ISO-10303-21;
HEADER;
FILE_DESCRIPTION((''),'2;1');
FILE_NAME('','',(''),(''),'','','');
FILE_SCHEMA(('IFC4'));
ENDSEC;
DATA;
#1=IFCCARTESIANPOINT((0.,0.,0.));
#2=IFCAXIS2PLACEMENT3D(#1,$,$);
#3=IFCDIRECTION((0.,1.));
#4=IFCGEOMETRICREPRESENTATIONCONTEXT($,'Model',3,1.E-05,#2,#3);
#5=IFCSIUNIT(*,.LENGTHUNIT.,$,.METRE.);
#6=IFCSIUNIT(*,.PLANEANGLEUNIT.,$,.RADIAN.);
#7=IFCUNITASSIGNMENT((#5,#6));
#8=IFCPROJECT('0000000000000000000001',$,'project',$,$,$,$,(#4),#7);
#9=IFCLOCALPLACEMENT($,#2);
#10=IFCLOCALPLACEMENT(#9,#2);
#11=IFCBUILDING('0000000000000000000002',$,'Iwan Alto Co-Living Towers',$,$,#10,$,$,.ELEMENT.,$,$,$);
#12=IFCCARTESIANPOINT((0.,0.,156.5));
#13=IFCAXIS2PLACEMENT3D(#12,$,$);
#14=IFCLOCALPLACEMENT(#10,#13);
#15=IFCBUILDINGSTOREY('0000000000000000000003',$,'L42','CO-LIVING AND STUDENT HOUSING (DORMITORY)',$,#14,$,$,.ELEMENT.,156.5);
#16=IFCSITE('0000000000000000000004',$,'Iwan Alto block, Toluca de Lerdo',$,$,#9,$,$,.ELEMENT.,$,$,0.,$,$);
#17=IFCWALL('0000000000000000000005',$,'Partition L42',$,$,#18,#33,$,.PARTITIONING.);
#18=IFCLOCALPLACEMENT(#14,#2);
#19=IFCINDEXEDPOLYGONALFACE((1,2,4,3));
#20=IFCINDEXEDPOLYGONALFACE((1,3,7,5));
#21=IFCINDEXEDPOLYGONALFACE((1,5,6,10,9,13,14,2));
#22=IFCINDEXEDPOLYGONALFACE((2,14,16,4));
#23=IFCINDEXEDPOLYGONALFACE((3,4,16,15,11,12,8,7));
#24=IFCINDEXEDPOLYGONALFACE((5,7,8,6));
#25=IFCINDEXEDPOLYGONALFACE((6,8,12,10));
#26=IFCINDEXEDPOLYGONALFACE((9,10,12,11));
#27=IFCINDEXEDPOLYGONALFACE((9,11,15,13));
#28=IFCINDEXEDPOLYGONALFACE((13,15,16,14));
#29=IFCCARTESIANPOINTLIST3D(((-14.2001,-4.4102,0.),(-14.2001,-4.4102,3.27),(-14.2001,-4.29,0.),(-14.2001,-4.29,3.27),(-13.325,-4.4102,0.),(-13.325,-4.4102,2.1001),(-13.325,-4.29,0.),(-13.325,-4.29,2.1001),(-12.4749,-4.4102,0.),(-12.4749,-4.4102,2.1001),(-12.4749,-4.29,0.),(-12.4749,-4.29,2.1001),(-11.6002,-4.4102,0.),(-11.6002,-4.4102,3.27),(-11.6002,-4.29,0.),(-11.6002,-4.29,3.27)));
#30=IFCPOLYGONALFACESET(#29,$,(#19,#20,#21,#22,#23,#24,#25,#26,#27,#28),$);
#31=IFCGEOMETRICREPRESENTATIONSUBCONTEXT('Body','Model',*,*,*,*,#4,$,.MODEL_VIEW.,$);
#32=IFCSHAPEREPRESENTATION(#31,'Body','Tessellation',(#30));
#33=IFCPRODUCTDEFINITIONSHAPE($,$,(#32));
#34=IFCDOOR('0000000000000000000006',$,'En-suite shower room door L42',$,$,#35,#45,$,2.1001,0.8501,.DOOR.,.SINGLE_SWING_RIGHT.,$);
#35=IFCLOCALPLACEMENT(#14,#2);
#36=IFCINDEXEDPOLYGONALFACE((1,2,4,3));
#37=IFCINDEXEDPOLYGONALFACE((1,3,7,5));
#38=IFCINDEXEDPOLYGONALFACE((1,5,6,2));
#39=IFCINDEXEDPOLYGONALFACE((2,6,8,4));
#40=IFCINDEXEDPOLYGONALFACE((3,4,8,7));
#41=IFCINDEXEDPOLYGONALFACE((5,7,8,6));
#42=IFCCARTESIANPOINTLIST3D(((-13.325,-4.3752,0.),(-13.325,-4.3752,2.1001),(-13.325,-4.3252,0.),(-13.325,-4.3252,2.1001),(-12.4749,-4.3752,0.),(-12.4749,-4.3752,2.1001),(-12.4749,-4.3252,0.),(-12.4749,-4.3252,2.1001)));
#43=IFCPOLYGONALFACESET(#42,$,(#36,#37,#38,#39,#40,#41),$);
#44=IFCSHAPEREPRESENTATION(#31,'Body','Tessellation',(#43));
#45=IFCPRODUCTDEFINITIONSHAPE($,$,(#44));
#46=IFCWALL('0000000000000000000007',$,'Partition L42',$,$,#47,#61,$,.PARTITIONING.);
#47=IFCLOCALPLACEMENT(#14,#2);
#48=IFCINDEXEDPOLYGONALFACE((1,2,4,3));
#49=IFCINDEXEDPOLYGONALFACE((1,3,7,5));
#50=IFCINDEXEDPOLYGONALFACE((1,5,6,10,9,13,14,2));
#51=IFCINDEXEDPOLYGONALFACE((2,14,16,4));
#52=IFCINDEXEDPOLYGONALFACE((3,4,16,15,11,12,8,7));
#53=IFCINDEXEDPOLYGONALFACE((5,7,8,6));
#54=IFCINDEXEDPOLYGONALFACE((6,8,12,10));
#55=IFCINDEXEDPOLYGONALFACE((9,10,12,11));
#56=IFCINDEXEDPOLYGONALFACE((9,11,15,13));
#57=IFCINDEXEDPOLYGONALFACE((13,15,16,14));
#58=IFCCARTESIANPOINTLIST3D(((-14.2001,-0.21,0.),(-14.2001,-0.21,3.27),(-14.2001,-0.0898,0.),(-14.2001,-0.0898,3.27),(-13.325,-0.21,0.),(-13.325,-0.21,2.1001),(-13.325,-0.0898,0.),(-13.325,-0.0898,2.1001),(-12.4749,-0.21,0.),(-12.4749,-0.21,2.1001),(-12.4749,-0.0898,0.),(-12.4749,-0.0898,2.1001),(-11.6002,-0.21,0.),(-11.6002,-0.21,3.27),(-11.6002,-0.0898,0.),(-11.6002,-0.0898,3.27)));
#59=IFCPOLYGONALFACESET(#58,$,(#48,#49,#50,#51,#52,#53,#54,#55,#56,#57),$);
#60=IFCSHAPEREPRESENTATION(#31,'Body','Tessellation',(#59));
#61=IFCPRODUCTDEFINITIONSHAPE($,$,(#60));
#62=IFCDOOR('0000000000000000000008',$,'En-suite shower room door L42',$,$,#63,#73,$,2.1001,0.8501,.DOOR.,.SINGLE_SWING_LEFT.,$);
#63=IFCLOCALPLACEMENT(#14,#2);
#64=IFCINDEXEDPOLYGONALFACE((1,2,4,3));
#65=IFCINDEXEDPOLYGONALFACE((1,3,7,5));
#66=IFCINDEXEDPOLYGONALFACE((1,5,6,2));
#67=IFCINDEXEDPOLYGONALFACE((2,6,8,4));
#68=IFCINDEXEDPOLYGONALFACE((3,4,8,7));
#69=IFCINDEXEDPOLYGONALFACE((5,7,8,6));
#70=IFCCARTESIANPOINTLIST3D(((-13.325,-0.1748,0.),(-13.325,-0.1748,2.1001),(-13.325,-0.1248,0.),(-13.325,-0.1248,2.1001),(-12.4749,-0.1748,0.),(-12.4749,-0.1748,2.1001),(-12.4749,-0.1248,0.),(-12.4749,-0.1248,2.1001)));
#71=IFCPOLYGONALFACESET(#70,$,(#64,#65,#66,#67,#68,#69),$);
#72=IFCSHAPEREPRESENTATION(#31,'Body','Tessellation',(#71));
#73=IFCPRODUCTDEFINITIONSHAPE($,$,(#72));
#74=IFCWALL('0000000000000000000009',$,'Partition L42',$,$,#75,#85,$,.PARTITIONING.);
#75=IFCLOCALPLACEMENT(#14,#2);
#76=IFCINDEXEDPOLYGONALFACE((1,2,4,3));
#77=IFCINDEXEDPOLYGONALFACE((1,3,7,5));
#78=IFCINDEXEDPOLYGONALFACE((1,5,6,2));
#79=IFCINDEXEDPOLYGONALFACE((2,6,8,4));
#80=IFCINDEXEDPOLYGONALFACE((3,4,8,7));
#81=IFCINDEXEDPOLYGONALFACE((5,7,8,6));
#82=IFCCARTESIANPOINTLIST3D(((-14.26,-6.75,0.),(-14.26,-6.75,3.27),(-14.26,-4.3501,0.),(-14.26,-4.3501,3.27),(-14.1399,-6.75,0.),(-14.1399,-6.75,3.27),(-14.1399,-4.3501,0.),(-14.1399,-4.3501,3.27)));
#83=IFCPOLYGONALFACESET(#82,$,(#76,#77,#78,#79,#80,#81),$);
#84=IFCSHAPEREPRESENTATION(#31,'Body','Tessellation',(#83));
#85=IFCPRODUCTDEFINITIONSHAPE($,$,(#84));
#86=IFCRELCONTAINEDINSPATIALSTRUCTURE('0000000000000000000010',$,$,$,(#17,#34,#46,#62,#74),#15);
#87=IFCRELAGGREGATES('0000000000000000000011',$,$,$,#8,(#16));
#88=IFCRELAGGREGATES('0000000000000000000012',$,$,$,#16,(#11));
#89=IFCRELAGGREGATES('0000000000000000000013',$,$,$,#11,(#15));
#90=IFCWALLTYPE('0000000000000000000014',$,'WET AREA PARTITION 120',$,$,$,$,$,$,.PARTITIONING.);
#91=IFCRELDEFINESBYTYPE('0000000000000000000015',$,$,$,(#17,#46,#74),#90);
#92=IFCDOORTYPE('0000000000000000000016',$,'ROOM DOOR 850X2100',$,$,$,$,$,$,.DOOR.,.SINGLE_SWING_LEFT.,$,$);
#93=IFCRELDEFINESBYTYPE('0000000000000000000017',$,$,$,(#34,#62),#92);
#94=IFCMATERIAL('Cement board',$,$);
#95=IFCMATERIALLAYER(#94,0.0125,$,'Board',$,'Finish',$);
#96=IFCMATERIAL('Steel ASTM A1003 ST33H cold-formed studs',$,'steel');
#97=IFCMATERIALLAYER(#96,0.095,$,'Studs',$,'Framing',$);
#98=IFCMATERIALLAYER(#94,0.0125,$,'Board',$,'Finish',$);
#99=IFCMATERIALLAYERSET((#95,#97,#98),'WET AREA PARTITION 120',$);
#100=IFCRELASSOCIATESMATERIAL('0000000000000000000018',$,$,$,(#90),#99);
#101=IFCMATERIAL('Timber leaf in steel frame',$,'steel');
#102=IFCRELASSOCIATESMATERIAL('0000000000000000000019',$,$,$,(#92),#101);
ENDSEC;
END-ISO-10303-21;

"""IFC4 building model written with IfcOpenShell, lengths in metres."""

from ifc_helpers import new_model, si_unit, direction, frame, frame_2d, origin, place, context, subcontext, project, spatial, rectangle, extrude, material, layer, layer_set, type_object, element, fill, save


model = new_model("IFC4")

# Units and contexts
model_context = context("Model", 3, precision=1e-05, world=origin(), true_north=direction((0.0, 1.0)))
body_context = subcontext(model_context, "Body", "Model", "MODEL_VIEW")
ifc_project = project(units=[si_unit("LENGTHUNIT", "METRE"), si_unit("PLANEANGLEUNIT", "RADIAN")], contexts=[model_context])

# Site, building, storey
site_placement = place(None, origin())
site = spatial("IfcSite", under=ifc_project, at=site_placement, Name="Iwan Alto block, Toluca de Lerdo", CompositionType="ELEMENT", RefElevation=0.0)
building_placement = place(site_placement, origin())
building = spatial("IfcBuilding", under=site, at=building_placement, Name="Iwan Alto Co-Living Towers", CompositionType="ELEMENT")
storey_placement = place(building_placement, frame((0.0, 0.0, 156.5)))
storey = spatial("IfcBuildingStorey", under=building, at=storey_placement, Name="L42", Description="CO-LIVING AND STUDENT HOUSING (DORMITORY)", CompositionType="ELEMENT", Elevation=156.5)

# Shared definitions
ifc_material_1 = material(Name="Steel ASTM A1003 ST33H cold-formed studs", Category="steel")

# Walls, openings, doors
ifc_material_2 = material(Name="Cement board")
ifc_layer_1 = layer(ifc_material_2, 0.0125, Name="Board", Category="Finish")
ifc_layer_2 = layer(ifc_material_1, 0.095, Name="Studs", Category="Framing")
ifc_layer_3 = layer(ifc_material_2, 0.0125, Name="Board", Category="Finish")
ifc_layer_set_1 = layer_set([ifc_layer_1, ifc_layer_2, ifc_layer_3], Name="WET AREA PARTITION 120")
wall_type_1 = type_object("IfcWallType", Name="WET AREA PARTITION 120", PredefinedType="PARTITIONING", material=ifc_layer_set_1)
wall_1_placement = place(storey_placement, frame((-14.2, -4.3501, 0.0), z_axis=(0.0, 0.0, 1.0), x_axis=(1.0, 0.0, 0.0)))
wall_1 = element("IfcWall", 1, at=wall_1_placement, inside=storey, type_object=wall_type_1, Name="Partition L42", PredefinedType="PARTITIONING", context=body_context, shape_type="SweptSolid", body=[
    extrude(rectangle(XDim=2.5999, YDim=0.1201, at=frame_2d((1.2998, 0.0))), origin(), (0.0, 0.0, 1.0), 3.27),
])
opening_1_placement = place(wall_1_placement, frame((0.875, 0.0, 0.0)))
opening_1 = element("IfcOpeningElement", 2, at=opening_1_placement, cuts=wall_1, PredefinedType="OPENING", context=body_context, shape_type="SweptSolid", body=[
    extrude(rectangle(XDim=0.8501, YDim=2.1001, at=frame_2d((0.425, 1.05))), frame((0.0, 0.0701, 0.0), z_axis=(0.0, -1.0, 0.0), x_axis=(1.0, 0.0, 0.0)), (0.0, 0.0, 1.0), 0.1401),
])
ifc_material_3 = material(Name="Timber leaf in steel frame", Category="steel")
door_type_1 = type_object("IfcDoorType", Name="ROOM DOOR 850X2100", OperationType="SINGLE_SWING_LEFT", PredefinedType="DOOR", material=ifc_material_3)
door_1_placement = place(opening_1_placement, origin())
door_1 = element("IfcDoor", 3, at=door_1_placement, inside=storey, type_object=door_type_1, Name="En-suite shower room door L42", OperationType="SINGLE_SWING_RIGHT", OverallHeight=2.1001, OverallWidth=0.8501, PredefinedType="DOOR", context=body_context, shape_type="SweptSolid", body=[
    extrude(rectangle(XDim=0.8501, YDim=2.1001, at=frame_2d((0.425, 1.05))), frame((0.0, 0.0249, 0.0), z_axis=(0.0, -1.0, 0.0), x_axis=(1.0, 0.0, 0.0)), (0.0, 0.0, 1.0), 0.05),
])
fill(opening_1, door_1)
wall_2_placement = place(storey_placement, frame((-14.2, -0.1499, 0.0), z_axis=(0.0, 0.0, 1.0), x_axis=(1.0, 0.0, 0.0)))
wall_2 = element("IfcWall", 4, at=wall_2_placement, inside=storey, type_object=wall_type_1, Name="Partition L42", PredefinedType="PARTITIONING", context=body_context, shape_type="SweptSolid", body=[
    extrude(rectangle(XDim=2.5999, YDim=0.1201, at=frame_2d((1.2998, 0.0))), origin(), (0.0, 0.0, 1.0), 3.27),
])
opening_2_placement = place(wall_2_placement, frame((0.875, 0.0, 0.0)))
opening_2 = element("IfcOpeningElement", 5, at=opening_2_placement, cuts=wall_2, PredefinedType="OPENING", context=body_context, shape_type="SweptSolid", body=[
    extrude(rectangle(XDim=0.8501, YDim=2.1001, at=frame_2d((0.425, 1.05))), frame((0.0, 0.0701, 0.0), z_axis=(0.0, -1.0, 0.0), x_axis=(1.0, 0.0, 0.0)), (0.0, 0.0, 1.0), 0.1401),
])
door_2_placement = place(opening_2_placement, frame((0.8501, 0.0, 0.0), z_axis=(0.0, 0.0, 1.0), x_axis=(-1.0, 0.0, 0.0)))
door_2 = element("IfcDoor", 6, at=door_2_placement, inside=storey, type_object=door_type_1, Name="En-suite shower room door L42", OperationType="SINGLE_SWING_LEFT", OverallHeight=2.1001, OverallWidth=0.8501, PredefinedType="DOOR", context=body_context, shape_type="SweptSolid", body=[
    extrude(rectangle(XDim=0.8501, YDim=2.1001, at=frame_2d((0.425, 1.05))), frame((0.0, 0.0249, 0.0), z_axis=(0.0, -1.0, 0.0), x_axis=(1.0, 0.0, 0.0)), (0.0, 0.0, 1.0), 0.05),
])
fill(opening_2, door_2)

# Wall
wall_3_placement = place(storey_placement, frame((-14.2, -6.75, 0.0), z_axis=(0.0, 0.0, 1.0), x_axis=(0.0, 1.0, 0.0)))
element("IfcWall", 7, at=wall_3_placement, inside=storey, type_object=wall_type_1, Name="Partition L42", PredefinedType="PARTITIONING", context=body_context, shape_type="SweptSolid", body=[
    extrude(rectangle(XDim=2.3999, YDim=0.1201, at=frame_2d((1.2, 0.0))), origin(), (0.0, 0.0, 1.0), 3.27),
])

save(model, "model.ifc")
